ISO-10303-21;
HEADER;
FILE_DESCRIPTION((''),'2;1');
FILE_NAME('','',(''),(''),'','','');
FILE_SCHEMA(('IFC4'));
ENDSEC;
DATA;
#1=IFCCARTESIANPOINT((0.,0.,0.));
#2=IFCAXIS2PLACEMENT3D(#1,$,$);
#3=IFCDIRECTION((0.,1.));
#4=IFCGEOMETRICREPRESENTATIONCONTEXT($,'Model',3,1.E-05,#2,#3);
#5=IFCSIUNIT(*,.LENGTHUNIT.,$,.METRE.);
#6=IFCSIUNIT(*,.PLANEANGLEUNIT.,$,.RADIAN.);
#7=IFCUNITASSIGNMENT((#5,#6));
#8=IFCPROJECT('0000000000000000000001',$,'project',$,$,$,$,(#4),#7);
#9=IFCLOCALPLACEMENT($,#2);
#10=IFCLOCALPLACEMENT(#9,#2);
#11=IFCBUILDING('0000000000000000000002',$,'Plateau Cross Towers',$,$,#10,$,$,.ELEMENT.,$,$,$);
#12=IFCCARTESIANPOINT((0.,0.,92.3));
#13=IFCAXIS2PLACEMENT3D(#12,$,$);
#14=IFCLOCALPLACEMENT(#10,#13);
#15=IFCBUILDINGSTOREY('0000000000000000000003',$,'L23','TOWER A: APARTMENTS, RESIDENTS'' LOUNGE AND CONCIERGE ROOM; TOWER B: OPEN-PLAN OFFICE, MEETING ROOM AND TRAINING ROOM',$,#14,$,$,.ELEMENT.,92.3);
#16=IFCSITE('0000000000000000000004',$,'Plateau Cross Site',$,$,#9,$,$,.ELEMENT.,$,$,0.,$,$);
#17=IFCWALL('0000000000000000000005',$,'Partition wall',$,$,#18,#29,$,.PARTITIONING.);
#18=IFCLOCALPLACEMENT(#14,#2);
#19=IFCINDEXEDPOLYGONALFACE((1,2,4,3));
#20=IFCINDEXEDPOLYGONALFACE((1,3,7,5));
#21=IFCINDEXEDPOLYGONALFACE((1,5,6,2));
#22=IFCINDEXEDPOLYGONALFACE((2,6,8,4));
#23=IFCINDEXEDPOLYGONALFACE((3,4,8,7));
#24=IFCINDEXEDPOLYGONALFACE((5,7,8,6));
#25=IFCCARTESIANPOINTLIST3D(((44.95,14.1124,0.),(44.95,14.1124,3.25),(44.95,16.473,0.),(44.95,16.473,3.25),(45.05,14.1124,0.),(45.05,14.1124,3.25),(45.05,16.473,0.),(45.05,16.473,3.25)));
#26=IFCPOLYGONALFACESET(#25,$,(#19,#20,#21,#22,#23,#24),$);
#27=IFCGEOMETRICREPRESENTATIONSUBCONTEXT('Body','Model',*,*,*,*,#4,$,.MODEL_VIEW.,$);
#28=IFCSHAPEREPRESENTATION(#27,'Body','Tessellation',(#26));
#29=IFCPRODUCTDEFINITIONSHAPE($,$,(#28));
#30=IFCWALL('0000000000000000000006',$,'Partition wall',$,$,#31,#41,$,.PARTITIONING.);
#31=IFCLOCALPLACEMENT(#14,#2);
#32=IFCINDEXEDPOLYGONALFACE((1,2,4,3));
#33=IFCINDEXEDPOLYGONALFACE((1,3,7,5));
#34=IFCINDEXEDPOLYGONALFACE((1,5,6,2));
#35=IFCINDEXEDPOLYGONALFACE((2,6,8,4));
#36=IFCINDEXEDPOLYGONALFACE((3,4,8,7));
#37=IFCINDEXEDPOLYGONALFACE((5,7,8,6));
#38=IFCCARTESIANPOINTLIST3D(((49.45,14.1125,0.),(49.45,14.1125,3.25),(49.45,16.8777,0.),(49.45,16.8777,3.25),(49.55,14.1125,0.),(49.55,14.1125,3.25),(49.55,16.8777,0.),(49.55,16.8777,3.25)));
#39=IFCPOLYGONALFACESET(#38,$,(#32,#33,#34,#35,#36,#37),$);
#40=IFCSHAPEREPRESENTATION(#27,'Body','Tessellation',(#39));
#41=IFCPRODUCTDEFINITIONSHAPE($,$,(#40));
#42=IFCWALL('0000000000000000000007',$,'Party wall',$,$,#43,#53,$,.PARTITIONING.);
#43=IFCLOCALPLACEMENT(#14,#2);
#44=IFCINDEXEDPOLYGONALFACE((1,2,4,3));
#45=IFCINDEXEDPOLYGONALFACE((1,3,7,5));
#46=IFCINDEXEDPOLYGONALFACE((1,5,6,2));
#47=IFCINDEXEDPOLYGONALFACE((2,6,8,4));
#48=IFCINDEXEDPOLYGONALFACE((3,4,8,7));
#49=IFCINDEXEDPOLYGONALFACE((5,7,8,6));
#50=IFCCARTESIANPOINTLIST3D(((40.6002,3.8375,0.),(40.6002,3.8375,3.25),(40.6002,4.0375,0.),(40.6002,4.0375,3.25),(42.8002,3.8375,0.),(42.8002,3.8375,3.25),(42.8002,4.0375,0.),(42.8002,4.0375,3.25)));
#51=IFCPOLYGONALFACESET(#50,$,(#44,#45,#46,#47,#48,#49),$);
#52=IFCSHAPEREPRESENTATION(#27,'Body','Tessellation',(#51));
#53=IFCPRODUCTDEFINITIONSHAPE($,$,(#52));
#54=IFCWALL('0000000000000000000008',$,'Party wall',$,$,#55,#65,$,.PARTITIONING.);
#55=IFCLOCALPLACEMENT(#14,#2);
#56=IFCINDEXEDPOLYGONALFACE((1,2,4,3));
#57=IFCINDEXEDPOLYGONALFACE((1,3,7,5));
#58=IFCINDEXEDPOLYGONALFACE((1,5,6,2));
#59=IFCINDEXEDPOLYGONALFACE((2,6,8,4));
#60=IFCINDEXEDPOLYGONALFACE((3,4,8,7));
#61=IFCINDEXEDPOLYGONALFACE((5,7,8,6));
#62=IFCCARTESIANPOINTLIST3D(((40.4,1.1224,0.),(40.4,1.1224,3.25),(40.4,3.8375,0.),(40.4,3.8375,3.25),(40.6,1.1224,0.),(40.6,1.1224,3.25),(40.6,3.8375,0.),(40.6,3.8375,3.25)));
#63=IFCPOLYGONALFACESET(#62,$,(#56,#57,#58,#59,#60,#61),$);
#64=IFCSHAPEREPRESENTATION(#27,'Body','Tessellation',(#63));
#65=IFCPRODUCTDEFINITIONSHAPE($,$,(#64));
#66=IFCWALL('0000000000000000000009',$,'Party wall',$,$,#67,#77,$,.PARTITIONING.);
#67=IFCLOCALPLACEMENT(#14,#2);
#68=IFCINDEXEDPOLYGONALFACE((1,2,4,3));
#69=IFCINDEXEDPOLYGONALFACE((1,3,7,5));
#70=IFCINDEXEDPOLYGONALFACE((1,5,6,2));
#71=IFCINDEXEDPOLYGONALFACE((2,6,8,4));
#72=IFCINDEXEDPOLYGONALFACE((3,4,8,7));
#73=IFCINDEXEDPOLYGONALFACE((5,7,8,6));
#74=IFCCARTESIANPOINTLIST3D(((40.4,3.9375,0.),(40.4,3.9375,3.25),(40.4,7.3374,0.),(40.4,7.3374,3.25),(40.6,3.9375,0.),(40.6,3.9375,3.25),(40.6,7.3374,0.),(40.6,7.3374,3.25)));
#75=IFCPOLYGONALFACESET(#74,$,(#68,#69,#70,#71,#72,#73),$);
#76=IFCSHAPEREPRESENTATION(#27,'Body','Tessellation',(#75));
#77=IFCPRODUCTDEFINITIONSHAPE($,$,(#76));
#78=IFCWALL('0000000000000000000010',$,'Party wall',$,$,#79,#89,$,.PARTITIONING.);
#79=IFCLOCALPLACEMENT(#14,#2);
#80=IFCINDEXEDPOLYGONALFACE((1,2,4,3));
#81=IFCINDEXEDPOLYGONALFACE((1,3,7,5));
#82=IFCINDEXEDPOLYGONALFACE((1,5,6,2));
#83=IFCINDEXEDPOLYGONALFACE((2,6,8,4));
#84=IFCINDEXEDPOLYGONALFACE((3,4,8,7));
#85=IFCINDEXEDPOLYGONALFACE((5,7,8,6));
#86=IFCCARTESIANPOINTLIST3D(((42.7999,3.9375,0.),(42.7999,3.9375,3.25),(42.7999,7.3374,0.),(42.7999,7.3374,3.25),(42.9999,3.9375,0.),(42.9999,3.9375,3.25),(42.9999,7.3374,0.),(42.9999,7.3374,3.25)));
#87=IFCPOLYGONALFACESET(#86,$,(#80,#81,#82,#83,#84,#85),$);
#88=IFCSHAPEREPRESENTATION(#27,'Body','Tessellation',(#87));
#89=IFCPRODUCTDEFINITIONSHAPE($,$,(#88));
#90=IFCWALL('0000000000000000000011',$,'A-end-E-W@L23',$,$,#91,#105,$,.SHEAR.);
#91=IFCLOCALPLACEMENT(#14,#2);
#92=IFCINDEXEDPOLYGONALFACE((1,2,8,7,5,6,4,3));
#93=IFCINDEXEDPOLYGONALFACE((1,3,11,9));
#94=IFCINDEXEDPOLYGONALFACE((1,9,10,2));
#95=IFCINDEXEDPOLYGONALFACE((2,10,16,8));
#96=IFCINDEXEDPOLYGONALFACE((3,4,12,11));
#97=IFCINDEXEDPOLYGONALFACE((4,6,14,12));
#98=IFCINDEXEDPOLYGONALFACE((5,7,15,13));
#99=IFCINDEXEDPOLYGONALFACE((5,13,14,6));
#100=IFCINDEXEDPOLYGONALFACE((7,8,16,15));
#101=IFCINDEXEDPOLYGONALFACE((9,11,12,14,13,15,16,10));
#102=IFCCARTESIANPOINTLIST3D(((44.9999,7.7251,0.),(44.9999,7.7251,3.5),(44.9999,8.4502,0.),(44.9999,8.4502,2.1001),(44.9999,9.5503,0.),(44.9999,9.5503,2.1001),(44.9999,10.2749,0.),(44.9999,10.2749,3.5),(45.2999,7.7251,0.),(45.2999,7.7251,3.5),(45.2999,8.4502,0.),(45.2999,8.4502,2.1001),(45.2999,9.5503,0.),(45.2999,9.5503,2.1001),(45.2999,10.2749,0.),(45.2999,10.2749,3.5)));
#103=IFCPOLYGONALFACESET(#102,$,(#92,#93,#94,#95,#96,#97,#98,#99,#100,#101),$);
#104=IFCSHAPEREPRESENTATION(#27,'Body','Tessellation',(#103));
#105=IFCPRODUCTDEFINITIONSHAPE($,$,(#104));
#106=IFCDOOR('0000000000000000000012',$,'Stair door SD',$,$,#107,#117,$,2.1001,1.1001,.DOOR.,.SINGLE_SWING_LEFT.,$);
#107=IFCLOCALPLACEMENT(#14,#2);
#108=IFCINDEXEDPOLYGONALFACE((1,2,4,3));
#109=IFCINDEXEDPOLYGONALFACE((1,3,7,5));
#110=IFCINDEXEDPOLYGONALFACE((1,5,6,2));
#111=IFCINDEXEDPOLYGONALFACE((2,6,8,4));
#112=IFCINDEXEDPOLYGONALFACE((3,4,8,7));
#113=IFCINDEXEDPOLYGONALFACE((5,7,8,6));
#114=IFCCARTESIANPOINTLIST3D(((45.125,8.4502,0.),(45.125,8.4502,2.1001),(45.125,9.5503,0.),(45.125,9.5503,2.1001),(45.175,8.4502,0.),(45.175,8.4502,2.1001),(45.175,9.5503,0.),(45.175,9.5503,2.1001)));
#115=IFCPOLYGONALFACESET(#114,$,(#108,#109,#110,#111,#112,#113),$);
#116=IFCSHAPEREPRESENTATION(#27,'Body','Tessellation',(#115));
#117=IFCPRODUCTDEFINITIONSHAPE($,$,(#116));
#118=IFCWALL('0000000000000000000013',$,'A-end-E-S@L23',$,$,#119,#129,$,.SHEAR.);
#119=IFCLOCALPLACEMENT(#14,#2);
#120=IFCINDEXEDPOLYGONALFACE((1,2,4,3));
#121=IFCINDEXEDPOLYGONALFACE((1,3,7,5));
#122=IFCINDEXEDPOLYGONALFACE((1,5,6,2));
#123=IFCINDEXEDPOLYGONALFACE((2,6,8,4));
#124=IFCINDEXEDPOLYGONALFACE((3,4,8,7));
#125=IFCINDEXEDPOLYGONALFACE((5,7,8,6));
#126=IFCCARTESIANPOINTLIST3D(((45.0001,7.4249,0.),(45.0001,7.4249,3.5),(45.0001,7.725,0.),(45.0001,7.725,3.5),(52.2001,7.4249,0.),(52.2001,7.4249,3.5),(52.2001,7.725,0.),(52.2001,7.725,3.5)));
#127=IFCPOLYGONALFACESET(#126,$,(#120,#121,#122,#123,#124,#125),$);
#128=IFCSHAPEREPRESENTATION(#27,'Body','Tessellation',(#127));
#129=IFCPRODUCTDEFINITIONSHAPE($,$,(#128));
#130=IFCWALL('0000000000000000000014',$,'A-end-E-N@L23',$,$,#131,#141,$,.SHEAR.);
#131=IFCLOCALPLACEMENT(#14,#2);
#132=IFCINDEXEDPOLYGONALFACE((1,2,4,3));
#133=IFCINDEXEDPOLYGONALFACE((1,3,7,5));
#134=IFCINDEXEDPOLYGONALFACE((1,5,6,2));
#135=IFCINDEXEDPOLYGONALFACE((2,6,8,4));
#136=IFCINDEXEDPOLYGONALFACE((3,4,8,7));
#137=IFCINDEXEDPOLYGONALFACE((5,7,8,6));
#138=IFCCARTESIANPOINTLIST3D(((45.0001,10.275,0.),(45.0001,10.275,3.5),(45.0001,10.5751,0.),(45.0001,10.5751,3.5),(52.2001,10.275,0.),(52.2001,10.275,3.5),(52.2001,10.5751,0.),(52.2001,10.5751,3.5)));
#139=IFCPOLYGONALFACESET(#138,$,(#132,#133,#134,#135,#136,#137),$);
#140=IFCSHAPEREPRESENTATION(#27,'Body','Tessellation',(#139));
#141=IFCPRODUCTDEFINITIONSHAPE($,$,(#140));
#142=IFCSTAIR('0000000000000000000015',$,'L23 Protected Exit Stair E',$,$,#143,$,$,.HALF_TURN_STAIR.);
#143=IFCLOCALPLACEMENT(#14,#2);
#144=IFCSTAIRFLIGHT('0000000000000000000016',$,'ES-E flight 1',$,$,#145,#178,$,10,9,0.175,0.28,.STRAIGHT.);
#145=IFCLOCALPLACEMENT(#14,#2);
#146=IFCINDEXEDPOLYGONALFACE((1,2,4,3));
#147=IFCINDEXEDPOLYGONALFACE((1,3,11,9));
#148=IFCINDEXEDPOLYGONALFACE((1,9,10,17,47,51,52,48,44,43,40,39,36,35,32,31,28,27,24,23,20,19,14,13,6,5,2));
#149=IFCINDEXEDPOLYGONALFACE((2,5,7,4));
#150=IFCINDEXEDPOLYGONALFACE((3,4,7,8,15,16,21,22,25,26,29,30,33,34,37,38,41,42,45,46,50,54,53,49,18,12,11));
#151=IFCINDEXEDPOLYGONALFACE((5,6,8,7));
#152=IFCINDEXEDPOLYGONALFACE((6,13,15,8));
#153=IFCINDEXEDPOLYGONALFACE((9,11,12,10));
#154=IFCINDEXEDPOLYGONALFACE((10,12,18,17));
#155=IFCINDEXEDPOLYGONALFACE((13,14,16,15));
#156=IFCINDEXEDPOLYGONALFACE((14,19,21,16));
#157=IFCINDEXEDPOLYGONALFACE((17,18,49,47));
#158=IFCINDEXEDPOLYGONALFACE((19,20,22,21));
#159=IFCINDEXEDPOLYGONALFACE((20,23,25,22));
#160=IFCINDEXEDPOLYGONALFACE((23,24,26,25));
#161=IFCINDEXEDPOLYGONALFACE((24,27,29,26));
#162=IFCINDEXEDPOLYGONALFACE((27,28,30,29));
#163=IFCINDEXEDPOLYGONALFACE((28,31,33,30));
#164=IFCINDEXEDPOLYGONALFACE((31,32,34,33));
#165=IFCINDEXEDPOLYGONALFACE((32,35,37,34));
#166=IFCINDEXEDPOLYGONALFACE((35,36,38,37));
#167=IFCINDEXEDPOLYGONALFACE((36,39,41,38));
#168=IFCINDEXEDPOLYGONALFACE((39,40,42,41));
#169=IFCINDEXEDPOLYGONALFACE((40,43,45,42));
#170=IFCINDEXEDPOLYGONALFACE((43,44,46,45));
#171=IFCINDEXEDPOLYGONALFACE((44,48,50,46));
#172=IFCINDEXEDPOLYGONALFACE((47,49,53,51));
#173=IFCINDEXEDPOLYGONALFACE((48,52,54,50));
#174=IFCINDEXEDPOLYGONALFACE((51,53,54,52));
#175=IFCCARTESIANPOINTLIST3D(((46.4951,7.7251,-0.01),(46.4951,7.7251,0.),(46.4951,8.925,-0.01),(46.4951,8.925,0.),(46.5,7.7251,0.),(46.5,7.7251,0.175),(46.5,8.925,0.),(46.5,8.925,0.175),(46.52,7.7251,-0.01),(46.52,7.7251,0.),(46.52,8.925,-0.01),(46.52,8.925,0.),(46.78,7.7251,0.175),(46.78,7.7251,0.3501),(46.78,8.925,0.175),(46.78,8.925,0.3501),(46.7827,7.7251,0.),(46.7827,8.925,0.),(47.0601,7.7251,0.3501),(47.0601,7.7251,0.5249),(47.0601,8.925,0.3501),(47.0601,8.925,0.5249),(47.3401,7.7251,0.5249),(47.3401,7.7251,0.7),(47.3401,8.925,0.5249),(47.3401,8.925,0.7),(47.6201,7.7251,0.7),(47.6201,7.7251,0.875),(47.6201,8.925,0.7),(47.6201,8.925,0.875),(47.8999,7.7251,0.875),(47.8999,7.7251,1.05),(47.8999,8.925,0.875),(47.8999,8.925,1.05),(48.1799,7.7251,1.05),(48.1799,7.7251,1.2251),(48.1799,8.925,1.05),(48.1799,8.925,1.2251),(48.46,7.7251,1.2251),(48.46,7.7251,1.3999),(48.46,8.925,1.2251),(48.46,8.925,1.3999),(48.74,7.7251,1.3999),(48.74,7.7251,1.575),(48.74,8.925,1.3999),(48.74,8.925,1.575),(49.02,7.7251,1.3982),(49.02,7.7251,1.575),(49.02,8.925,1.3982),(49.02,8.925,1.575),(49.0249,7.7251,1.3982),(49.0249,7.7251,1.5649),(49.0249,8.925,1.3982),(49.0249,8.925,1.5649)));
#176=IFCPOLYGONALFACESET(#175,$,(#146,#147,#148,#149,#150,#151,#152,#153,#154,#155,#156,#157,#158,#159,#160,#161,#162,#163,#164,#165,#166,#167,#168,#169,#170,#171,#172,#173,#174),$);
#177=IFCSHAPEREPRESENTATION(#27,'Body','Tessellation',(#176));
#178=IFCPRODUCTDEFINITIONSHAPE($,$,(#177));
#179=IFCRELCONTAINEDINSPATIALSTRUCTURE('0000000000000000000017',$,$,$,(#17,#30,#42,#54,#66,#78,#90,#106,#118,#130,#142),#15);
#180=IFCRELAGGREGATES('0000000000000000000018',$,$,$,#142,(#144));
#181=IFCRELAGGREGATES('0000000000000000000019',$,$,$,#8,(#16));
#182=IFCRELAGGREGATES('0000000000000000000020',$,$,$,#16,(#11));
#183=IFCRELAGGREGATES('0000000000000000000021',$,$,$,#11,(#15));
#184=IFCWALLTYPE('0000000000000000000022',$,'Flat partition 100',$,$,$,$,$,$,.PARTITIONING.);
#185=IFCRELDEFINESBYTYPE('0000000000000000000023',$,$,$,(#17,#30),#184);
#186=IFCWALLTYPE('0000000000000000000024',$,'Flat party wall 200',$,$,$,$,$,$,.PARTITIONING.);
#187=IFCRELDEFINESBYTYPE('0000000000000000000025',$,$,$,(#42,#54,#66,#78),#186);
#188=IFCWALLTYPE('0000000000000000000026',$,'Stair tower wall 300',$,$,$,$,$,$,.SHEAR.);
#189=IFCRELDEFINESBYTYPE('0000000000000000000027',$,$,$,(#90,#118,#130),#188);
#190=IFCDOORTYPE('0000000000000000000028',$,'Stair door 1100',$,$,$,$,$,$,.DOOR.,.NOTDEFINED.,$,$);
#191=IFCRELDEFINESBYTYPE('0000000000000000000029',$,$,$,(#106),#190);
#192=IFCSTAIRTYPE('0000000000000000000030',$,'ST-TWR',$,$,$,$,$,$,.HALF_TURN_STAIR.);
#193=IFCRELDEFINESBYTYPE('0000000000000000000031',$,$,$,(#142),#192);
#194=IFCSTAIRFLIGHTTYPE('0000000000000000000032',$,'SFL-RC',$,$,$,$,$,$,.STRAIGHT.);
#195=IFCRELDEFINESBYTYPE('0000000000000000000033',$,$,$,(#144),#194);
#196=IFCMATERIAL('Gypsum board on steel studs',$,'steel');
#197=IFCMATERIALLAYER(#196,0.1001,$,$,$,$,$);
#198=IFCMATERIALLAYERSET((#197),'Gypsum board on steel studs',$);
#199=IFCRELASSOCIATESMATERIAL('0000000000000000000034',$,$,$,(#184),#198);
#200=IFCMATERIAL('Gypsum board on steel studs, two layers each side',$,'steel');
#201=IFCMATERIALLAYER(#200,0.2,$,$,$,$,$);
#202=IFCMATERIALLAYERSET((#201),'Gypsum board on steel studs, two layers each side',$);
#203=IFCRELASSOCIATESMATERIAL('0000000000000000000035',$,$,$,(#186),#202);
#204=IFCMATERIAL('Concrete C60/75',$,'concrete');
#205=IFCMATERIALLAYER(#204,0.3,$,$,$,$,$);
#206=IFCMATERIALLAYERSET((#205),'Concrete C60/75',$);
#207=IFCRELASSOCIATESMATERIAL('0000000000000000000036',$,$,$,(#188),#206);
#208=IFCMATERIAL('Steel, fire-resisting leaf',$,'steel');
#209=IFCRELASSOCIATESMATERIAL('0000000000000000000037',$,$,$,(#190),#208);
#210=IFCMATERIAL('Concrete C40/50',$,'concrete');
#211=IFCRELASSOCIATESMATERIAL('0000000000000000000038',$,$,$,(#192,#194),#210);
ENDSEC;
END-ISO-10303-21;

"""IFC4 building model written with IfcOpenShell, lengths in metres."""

from ifc_helpers import new_model, si_unit, direction, frame, frame_2d, origin, place, context, subcontext, project, spatial, polyline, rectangle, outline, extrude, material, layer, layer_set, type_object, element, fill, aggregate, save


model = new_model("IFC4")

# Units and contexts
model_context = context("Model", 3, precision=1e-05, world=origin(), true_north=direction((0.0, 1.0)))
body_context = subcontext(model_context, "Body", "Model", "MODEL_VIEW")
ifc_project = project(units=[si_unit("LENGTHUNIT", "METRE"), si_unit("PLANEANGLEUNIT", "RADIAN")], contexts=[model_context])

# Site, building, storey
site_placement = place(None, origin())
site = spatial("IfcSite", under=ifc_project, at=site_placement, Name="Plateau Cross Site", CompositionType="ELEMENT", RefElevation=0.0)
building_placement = place(site_placement, origin())
building = spatial("IfcBuilding", under=site, at=building_placement, Name="Plateau Cross Towers", CompositionType="ELEMENT")
storey_placement = place(building_placement, frame((0.0, 0.0, 92.3)))
storey = spatial("IfcBuildingStorey", under=building, at=storey_placement, Name="L23", Description="TOWER A: APARTMENTS, RESIDENTS' LOUNGE AND CONCIERGE ROOM; TOWER B: OPEN-PLAN OFFICE, MEETING ROOM AND TRAINING ROOM", CompositionType="ELEMENT", Elevation=92.3)

# Walls
ifc_material_1 = material(Name="Gypsum board on steel studs", Category="steel")
ifc_layer_1 = layer(ifc_material_1, 0.1001)
ifc_layer_set_1 = layer_set([ifc_layer_1], Name="Gypsum board on steel studs")
wall_type_1 = type_object("IfcWallType", Name="Flat partition 100", PredefinedType="PARTITIONING", material=ifc_layer_set_1)
wall_1_placement = place(storey_placement, frame((45.0, 14.1125, 0.0), z_axis=(0.0, 0.0, 1.0), x_axis=(0.0, 1.0, 0.0)))
element("IfcWall", 1, at=wall_1_placement, inside=storey, type_object=wall_type_1, Name="Partition wall", PredefinedType="PARTITIONING", context=body_context, shape_type="SweptSolid", body=[
    extrude(rectangle(XDim=2.3606, YDim=0.1001, at=frame_2d((1.1802, 0.0))), origin(), (0.0, 0.0, 1.0), 3.25),
])
wall_2_placement = place(storey_placement, frame((49.5, 14.1125, 0.0), z_axis=(0.0, 0.0, 1.0), x_axis=(0.0, 1.0, 0.0)))
element("IfcWall", 2, at=wall_2_placement, inside=storey, type_object=wall_type_1, Name="Partition wall", PredefinedType="PARTITIONING", context=body_context, shape_type="SweptSolid", body=[
    extrude(rectangle(XDim=2.7651, YDim=0.1001, at=frame_2d((1.3826, 0.0))), origin(), (0.0, 0.0, 1.0), 3.25),
])
ifc_material_2 = material(Name="Gypsum board on steel studs, two layers each side", Category="steel")
ifc_layer_2 = layer(ifc_material_2, 0.2)
ifc_layer_set_2 = layer_set([ifc_layer_2], Name="Gypsum board on steel studs, two layers each side")
wall_type_2 = type_object("IfcWallType", Name="Flat party wall 200", PredefinedType="PARTITIONING", material=ifc_layer_set_2)
wall_3_placement = place(storey_placement, frame((40.6001, 3.9375, 0.0), z_axis=(0.0, 0.0, 1.0), x_axis=(1.0, 0.0, 0.0)))
element("IfcWall", 3, at=wall_3_placement, inside=storey, type_object=wall_type_2, Name="Party wall", PredefinedType="PARTITIONING", context=body_context, shape_type="SweptSolid", body=[
    extrude(rectangle(XDim=2.2, YDim=0.2, at=frame_2d((1.1001, 0.0))), origin(), (0.0, 0.0, 1.0), 3.25),
])
wall_4_placement = place(storey_placement, frame((40.5, 3.8374, 0.0), z_axis=(0.0, 0.0, 1.0), x_axis=(0.0, -1.0, 0.0)))
element("IfcWall", 4, at=wall_4_placement, inside=storey, type_object=wall_type_2, Name="Party wall", PredefinedType="PARTITIONING", context=body_context, shape_type="SweptSolid", body=[
    extrude(rectangle(XDim=2.7151, YDim=0.2, at=frame_2d((1.3574, 0.0))), origin(), (0.0, 0.0, 1.0), 3.25),
])
for number, where, z_axis, x_axis, name in (
    (5, (40.5, 3.9375, 0.0), (0.0, 0.0, 1.0), (0.0, 1.0, 0.0), "Party wall"),
    (6, (42.8999, 3.9375, 0.0), (0.0, 0.0, 1.0), (0.0, 1.0, 0.0), "Party wall"),
):
    element("IfcWall", number, at=place(storey_placement, frame(where, z_axis=z_axis, x_axis=x_axis)), inside=storey, type_object=wall_type_2, Name=name, PredefinedType="PARTITIONING", context=body_context, shape_type="SweptSolid", body=[
        extrude(rectangle(XDim=3.3999, YDim=0.2, at=frame_2d((1.7, 0.0))), origin(), (0.0, 0.0, 1.0), 3.25),
    ])

# Wall, opening, door
ifc_material_3 = material(Name="Concrete C60/75", Category="concrete")
ifc_layer_3 = layer(ifc_material_3, 0.3)
ifc_layer_set_3 = layer_set([ifc_layer_3], Name="Concrete C60/75")
wall_type_3 = type_object("IfcWallType", Name="Stair tower wall 300", PredefinedType="SHEAR", material=ifc_layer_set_3)
wall_5_placement = place(storey_placement, frame((45.1499, 7.7251, 0.0), z_axis=(0.0, 0.0, 1.0), x_axis=(0.0, 1.0, 0.0)))
wall_5 = element("IfcWall", 7, at=wall_5_placement, inside=storey, type_object=wall_type_3, Name="A-end-E-W@L23", PredefinedType="SHEAR", context=body_context, shape_type="SweptSolid", body=[
    extrude(rectangle(XDim=2.5498, YDim=0.3, at=frame_2d((1.2749, 0.0))), origin(), (0.0, 0.0, 1.0), 3.5),
])
opening_placement = place(wall_5_placement, frame((0.7251, 0.0, 0.0)))
opening = element("IfcOpeningElement", 8, at=opening_placement, cuts=wall_5, PredefinedType="OPENING", context=body_context, shape_type="SweptSolid", body=[
    extrude(rectangle(XDim=1.1001, YDim=2.1001, at=frame_2d((0.55, 1.05))), frame((0.0, 0.1599, 0.0), z_axis=(0.0, -1.0, 0.0), x_axis=(1.0, 0.0, 0.0)), (0.0, 0.0, 1.0), 0.3201),
])
ifc_material_4 = material(Name="Steel, fire-resisting leaf", Category="steel")
door_type = type_object("IfcDoorType", Name="Stair door 1100", OperationType="NOTDEFINED", PredefinedType="DOOR", material=ifc_material_4)
door_placement = place(opening_placement, origin())
door = element("IfcDoor", 9, at=door_placement, inside=storey, type_object=door_type, Name="Stair door SD", OperationType="SINGLE_SWING_LEFT", OverallHeight=2.1001, OverallWidth=1.1001, PredefinedType="DOOR", context=body_context, shape_type="SweptSolid", body=[
    extrude(rectangle(XDim=1.1001, YDim=2.1001, at=frame_2d((0.55, 1.05))), frame((0.0, 0.0249, 0.0), z_axis=(0.0, -1.0, 0.0), x_axis=(1.0, 0.0, 0.0)), (0.0, 0.0, 1.0), 0.05),
])
fill(opening, door)

# Walls
for number, where, z_axis, x_axis, name in (
    (10, (45.0, 7.575, 0.0), (0.0, 0.0, 1.0), (1.0, 0.0, 0.0), "A-end-E-S@L23"),
    (11, (45.0, 10.425, 0.0), (0.0, 0.0, 1.0), (1.0, 0.0, 0.0), "A-end-E-N@L23"),
):
    element("IfcWall", number, at=place(storey_placement, frame(where, z_axis=z_axis, x_axis=x_axis)), inside=storey, type_object=wall_type_3, Name=name, PredefinedType="SHEAR", context=body_context, shape_type="SweptSolid", body=[
        extrude(rectangle(XDim=7.2, YDim=0.3, at=frame_2d((3.6001, 0.0))), origin(), (0.0, 0.0, 1.0), 3.5),
    ])

# Stair, stair flight
ifc_material_5 = material(Name="Concrete C40/50", Category="concrete")
stair_type = type_object("IfcStairType", Name="ST-TWR", PredefinedType="HALF_TURN_STAIR", material=ifc_material_5)
stair_placement = place(storey_placement, origin())
stair = element("IfcStair", 12, at=stair_placement, inside=storey, type_object=stair_type, Name="L23 Protected Exit Stair E", PredefinedType="HALF_TURN_STAIR")
stair_flight_type = type_object("IfcStairFlightType", Name="SFL-RC", PredefinedType="STRAIGHT", material=ifc_material_5)
stair_flight_1_placement = place(storey_placement, frame((46.5, 8.325, 0.0), z_axis=(0.0, 0.0, 1.0), x_axis=(1.0, 0.0, 0.0)))
stair_flight_1 = element("IfcStairFlight", 13, at=stair_flight_1_placement, type_object=stair_flight_type, Name="ES-E flight 1", NumberOfRisers=10, NumberOfTreads=9, PredefinedType="STRAIGHT", RiserHeight=0.175, TreadLength=0.28, context=body_context, shape_type="SweptSolid", body=[
    extrude(outline(polyline([(-0.0049, -0.01), (-0.0049, 0.0), (0.0, 0.0), (0.0, 0.175), (0.28, 0.175), (0.28, 0.3501), (0.5601, 0.3501), (0.5601, 0.5249), (0.8401, 0.5249), (0.8401, 0.7), (1.1201, 0.7), (1.1201, 0.875), (1.3999, 0.875), (1.3999, 1.05), (1.6799, 1.05), (1.6799, 1.2251), (1.96, 1.2251), (1.96, 1.3999), (2.24, 1.3999), (2.24, 1.575), (2.52, 1.575), (2.5249, 1.5649), (2.5249, 1.3982), (2.52, 1.3982), (0.2827, 0.0), (0.02, 0.0), (0.02, -0.01), (-0.0049, -0.01)])), frame((0.0, 0.6001, 0.0), z_axis=(0.0, -1.0, 0.0), x_axis=(1.0, 0.0, 0.0)), (0.0, 0.0, 1.0), 1.2),
])
aggregate(stair, [stair_flight_1])

save(model, "model.ifc")
